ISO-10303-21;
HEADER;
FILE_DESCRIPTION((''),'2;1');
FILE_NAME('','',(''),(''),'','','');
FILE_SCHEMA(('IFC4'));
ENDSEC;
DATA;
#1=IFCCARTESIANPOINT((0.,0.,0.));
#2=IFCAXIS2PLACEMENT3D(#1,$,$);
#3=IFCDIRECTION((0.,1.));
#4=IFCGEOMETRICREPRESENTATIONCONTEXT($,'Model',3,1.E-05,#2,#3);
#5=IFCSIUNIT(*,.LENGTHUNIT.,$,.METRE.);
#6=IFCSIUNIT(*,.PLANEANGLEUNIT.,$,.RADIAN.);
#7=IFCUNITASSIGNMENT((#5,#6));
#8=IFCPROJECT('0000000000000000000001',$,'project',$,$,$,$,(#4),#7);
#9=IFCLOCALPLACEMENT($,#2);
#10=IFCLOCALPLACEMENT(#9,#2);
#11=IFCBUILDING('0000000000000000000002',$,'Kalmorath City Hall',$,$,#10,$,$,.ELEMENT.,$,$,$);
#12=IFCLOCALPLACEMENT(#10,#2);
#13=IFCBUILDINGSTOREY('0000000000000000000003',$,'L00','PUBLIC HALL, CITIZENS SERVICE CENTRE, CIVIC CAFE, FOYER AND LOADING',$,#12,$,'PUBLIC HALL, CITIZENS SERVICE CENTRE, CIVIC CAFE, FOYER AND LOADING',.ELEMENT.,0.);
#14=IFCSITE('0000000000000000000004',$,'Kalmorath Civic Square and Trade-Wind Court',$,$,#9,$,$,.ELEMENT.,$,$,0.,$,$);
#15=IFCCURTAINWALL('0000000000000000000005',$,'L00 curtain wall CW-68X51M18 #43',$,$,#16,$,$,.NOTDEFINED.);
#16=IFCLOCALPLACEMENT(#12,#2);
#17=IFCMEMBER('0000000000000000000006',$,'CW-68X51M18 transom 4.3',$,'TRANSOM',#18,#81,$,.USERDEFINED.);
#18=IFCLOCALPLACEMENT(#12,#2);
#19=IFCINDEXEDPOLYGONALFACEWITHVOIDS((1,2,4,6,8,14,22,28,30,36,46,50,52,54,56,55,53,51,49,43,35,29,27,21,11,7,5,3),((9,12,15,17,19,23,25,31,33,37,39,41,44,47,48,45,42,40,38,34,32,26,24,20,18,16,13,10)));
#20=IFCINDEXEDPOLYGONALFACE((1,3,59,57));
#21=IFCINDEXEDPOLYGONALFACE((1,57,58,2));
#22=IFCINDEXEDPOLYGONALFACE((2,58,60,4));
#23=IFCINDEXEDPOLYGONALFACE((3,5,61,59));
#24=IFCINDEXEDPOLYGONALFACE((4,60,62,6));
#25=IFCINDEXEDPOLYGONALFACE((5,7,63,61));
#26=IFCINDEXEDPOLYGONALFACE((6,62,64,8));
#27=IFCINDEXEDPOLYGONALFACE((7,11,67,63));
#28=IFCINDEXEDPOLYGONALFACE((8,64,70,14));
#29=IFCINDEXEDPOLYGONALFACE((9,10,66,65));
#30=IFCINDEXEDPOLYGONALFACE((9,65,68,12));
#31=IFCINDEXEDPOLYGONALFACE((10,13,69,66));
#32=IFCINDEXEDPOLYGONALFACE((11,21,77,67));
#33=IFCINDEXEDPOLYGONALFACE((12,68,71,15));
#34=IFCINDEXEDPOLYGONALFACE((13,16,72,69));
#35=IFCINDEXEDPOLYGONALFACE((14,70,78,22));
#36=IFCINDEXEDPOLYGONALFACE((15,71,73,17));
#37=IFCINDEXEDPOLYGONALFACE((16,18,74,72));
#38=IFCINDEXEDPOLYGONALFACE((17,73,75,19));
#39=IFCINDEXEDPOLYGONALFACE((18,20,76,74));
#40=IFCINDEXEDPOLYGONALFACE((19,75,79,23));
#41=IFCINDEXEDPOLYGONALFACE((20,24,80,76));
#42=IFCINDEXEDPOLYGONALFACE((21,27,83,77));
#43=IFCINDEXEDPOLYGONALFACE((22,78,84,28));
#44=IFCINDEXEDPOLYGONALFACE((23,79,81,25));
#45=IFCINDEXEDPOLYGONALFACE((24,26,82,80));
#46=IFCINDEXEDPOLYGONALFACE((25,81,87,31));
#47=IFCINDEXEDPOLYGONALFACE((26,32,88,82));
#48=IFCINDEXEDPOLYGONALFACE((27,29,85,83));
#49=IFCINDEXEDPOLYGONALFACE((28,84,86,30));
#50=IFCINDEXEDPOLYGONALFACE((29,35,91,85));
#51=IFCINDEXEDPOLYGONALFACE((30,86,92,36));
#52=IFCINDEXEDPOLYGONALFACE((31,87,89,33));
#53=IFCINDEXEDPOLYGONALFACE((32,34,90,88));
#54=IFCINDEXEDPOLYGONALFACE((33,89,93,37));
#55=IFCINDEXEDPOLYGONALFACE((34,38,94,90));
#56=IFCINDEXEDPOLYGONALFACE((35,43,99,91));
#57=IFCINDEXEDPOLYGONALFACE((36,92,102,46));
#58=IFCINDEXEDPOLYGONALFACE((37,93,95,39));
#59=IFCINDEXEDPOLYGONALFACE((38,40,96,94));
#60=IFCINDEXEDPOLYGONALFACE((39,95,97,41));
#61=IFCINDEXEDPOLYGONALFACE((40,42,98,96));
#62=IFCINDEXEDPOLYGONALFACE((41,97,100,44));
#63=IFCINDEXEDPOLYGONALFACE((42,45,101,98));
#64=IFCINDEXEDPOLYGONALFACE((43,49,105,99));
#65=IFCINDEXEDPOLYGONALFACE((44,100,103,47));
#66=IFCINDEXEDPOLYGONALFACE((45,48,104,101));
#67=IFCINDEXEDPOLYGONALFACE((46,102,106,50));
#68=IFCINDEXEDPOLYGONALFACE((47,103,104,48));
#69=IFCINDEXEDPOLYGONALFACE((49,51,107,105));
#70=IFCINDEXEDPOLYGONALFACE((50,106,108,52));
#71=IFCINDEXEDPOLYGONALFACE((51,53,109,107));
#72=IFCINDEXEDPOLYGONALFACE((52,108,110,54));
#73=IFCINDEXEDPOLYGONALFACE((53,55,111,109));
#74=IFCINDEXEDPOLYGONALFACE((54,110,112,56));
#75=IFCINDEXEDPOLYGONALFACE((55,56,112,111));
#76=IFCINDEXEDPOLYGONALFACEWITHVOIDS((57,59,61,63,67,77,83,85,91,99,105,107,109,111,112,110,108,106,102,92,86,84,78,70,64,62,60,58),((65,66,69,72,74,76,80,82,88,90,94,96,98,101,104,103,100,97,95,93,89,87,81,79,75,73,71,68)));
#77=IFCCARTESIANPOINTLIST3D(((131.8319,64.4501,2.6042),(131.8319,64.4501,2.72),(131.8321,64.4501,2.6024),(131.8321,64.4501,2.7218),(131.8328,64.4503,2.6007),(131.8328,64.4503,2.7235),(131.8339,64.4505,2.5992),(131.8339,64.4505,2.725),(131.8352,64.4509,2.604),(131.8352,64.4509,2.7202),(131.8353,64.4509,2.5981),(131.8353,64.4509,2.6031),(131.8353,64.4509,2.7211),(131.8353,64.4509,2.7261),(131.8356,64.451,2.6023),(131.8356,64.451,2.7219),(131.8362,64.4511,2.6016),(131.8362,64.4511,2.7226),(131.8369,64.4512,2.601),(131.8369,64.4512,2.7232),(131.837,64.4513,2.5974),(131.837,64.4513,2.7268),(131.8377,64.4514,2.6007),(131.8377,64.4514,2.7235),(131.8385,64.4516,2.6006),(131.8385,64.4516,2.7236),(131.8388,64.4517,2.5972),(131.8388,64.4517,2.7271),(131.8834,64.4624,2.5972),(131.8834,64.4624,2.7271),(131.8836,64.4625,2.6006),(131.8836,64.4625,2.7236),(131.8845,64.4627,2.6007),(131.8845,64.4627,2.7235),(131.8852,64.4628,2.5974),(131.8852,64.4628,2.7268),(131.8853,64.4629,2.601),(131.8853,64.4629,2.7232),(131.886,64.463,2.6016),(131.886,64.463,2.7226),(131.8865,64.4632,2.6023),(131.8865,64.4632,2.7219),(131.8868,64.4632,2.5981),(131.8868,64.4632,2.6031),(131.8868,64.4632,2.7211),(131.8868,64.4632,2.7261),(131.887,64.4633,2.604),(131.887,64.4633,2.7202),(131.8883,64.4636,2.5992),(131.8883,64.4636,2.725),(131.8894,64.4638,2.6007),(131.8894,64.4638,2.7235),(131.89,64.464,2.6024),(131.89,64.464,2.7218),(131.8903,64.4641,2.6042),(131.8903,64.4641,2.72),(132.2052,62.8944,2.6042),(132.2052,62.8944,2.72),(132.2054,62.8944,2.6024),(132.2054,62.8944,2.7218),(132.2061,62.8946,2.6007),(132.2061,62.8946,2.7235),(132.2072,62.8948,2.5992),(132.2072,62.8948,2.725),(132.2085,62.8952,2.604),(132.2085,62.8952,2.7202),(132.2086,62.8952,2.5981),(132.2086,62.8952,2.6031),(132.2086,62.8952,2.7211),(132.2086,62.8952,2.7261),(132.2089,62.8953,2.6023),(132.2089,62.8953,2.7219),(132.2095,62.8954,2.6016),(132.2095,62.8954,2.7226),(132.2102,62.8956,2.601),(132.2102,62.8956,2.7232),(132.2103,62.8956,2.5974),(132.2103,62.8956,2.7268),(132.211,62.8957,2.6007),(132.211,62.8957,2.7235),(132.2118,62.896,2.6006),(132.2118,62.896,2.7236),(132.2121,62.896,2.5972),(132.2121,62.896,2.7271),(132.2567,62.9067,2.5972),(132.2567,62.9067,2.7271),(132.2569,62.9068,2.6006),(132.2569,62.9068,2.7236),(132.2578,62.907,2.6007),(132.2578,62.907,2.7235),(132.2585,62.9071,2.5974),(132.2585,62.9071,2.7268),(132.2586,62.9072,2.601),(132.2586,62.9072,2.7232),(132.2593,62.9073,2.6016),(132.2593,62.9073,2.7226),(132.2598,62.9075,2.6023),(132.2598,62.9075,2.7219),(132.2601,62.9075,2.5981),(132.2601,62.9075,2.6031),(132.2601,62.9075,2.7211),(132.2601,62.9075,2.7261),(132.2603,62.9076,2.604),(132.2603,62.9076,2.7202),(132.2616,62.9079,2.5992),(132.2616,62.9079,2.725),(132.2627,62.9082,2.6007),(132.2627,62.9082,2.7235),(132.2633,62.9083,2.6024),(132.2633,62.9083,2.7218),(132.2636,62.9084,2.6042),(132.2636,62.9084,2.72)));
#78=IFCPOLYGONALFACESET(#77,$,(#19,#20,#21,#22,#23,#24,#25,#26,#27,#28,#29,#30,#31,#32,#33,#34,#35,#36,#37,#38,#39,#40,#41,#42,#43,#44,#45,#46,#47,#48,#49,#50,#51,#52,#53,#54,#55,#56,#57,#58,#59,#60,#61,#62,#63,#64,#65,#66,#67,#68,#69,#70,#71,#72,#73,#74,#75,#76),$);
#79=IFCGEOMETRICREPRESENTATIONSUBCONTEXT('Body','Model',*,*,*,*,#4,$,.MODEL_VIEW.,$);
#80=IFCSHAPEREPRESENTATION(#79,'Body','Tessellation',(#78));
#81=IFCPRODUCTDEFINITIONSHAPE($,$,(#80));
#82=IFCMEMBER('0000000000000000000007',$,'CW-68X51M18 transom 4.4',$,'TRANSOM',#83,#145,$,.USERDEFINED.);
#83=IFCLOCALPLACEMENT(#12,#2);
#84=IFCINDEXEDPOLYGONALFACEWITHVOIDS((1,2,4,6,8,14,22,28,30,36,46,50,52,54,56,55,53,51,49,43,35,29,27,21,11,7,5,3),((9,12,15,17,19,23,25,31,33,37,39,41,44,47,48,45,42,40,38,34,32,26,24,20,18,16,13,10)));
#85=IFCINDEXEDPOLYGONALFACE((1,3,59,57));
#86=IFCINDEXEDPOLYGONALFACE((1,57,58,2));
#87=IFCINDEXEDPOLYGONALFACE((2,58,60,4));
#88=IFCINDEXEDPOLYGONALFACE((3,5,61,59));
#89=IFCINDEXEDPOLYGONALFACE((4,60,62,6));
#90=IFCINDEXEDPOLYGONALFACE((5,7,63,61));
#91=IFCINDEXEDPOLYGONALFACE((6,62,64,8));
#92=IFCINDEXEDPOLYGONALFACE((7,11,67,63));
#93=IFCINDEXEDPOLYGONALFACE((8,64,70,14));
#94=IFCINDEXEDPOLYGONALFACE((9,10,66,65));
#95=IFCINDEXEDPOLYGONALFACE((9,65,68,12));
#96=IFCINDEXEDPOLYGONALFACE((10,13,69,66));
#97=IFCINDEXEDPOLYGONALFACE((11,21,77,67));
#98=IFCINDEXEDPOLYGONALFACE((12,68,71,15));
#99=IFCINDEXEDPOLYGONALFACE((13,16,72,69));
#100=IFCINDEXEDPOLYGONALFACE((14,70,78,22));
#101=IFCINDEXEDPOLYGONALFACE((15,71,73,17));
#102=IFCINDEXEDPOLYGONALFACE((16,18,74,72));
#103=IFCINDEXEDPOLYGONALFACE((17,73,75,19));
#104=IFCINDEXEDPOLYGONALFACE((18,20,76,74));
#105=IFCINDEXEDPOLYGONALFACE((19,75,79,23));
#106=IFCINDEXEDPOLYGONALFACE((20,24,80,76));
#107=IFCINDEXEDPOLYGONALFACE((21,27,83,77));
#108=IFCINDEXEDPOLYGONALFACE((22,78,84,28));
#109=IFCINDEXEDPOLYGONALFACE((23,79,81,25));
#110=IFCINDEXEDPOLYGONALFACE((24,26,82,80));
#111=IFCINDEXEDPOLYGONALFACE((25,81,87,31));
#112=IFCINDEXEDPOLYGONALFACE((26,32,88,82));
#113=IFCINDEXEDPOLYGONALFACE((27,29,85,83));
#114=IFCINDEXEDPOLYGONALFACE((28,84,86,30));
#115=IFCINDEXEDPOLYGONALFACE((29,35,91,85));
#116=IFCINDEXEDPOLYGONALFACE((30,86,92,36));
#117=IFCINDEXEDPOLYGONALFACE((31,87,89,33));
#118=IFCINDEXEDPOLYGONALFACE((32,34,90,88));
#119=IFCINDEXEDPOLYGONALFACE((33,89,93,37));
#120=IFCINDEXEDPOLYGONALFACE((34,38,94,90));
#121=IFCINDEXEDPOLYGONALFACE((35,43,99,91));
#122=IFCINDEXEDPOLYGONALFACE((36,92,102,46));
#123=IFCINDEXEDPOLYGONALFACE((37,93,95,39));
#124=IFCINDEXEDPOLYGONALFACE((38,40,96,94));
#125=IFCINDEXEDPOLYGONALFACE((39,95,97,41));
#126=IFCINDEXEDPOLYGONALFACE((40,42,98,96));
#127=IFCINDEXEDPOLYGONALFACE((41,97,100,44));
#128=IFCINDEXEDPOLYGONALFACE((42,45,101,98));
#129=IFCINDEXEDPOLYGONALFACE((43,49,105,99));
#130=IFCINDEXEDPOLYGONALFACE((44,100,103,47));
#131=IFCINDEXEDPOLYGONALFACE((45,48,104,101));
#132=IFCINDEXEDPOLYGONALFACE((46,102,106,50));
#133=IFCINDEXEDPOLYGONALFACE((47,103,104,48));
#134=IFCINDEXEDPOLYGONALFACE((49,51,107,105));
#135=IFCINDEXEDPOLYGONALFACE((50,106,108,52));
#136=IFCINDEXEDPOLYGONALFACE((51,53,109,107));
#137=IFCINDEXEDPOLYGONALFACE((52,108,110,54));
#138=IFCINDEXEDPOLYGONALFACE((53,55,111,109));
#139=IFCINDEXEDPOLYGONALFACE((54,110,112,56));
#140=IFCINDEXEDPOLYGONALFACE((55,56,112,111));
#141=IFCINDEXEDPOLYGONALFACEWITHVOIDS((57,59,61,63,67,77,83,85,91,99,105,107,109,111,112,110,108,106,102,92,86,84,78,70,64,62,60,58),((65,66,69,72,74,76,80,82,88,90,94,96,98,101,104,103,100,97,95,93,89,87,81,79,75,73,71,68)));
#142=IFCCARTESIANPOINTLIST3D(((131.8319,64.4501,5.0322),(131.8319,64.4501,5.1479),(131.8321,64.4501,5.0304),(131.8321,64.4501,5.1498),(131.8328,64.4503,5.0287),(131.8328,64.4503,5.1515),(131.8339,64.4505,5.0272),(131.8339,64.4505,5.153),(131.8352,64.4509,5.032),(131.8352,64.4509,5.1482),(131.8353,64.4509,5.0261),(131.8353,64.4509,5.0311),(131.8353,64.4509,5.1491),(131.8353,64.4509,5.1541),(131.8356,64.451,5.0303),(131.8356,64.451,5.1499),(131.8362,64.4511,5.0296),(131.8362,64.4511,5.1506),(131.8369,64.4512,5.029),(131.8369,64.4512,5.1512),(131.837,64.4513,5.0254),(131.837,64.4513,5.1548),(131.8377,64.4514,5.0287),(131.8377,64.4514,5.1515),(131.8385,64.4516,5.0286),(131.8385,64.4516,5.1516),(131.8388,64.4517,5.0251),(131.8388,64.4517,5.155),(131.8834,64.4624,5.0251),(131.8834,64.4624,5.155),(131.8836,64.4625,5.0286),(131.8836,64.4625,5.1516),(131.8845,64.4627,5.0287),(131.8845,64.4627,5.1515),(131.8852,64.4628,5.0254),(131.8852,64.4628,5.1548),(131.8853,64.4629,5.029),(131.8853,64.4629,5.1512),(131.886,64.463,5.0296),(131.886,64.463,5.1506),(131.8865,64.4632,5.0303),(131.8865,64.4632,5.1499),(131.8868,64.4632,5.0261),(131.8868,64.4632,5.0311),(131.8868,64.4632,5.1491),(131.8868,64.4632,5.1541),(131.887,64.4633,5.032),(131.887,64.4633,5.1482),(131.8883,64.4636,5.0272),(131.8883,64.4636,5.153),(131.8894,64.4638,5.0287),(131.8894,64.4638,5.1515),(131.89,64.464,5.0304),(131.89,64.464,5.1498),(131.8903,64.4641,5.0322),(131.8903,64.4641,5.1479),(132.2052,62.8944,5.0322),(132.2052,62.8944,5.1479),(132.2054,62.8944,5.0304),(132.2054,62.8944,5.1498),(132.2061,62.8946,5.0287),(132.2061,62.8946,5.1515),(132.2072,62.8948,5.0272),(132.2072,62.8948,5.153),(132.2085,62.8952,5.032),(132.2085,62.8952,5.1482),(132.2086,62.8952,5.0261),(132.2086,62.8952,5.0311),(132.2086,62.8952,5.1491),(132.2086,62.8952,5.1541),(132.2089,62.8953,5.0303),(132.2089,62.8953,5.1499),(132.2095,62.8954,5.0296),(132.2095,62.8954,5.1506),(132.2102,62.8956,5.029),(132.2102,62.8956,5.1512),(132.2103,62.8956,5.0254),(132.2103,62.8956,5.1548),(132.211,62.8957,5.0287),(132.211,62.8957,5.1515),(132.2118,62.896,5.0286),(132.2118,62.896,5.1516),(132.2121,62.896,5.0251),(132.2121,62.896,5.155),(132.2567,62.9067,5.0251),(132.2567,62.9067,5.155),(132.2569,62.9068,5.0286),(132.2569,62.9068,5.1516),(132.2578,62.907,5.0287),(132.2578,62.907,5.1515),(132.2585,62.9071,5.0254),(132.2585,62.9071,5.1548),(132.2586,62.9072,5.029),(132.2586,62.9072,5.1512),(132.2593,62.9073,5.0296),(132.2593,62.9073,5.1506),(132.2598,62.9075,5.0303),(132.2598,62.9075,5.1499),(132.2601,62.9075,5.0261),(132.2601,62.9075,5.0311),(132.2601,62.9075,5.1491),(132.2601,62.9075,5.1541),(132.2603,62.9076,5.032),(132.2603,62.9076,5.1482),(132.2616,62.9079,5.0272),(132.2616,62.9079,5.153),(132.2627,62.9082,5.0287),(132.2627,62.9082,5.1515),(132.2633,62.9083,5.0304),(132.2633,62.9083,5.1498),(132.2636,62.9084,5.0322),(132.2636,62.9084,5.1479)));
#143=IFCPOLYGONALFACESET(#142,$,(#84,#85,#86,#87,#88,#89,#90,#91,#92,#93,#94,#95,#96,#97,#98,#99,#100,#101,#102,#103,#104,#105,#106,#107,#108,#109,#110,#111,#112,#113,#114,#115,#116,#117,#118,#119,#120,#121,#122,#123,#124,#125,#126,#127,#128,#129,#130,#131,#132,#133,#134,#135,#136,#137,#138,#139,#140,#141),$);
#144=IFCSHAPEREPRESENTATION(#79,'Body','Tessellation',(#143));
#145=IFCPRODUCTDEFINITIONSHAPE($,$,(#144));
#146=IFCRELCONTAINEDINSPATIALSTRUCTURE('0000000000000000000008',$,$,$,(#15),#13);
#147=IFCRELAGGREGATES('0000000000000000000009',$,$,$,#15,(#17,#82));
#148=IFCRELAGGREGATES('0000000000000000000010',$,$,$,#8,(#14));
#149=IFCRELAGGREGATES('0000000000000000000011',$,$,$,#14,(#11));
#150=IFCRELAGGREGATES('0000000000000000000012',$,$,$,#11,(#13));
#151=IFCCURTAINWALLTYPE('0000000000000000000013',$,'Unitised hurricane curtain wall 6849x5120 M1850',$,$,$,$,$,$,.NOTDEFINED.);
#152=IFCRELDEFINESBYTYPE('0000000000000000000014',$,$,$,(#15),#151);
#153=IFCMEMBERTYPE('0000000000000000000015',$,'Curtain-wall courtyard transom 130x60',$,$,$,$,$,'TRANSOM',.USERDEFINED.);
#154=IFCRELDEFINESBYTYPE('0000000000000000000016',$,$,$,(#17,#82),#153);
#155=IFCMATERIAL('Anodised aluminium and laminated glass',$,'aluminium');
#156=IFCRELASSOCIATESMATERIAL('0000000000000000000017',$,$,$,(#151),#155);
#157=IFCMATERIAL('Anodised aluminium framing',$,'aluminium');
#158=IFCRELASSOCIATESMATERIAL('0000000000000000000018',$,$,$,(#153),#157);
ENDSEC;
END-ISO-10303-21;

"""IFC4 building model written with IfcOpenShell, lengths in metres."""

from ifc_helpers import new_model, si_unit, direction, frame, origin, origin_2d, place, context, subcontext, project, spatial, hollow_rectangle, extrude, material, material_profile, profile_set, type_object, element, aggregate, save


model = new_model("IFC4")

# Units and contexts
model_context = context("Model", 3, precision=1e-05, world=origin(), true_north=direction((0.0, 1.0)))
body_context = subcontext(model_context, "Body", "Model", "MODEL_VIEW")
ifc_project = project(units=[si_unit("LENGTHUNIT", "METRE"), si_unit("PLANEANGLEUNIT", "RADIAN")], contexts=[model_context])

# Site, building, storey
site_placement = place(None, origin())
site = spatial("IfcSite", under=ifc_project, at=site_placement, Name="Kalmorath Civic Square and Trade-Wind Court", CompositionType="ELEMENT", RefElevation=0.0)
building_placement = place(site_placement, origin())
building = spatial("IfcBuilding", under=site, at=building_placement, Name="Kalmorath City Hall", CompositionType="ELEMENT")
storey_placement = place(building_placement, origin())
storey = spatial("IfcBuildingStorey", under=building, at=storey_placement, Name="L00", Description="PUBLIC HALL, CITIZENS SERVICE CENTRE, CIVIC CAFE, FOYER AND LOADING", LongName="PUBLIC HALL, CITIZENS SERVICE CENTRE, CIVIC CAFE, FOYER AND LOADING", CompositionType="ELEMENT", Elevation=0.0)

# Curtain wall, members
ifc_material_1 = material(Name="Anodised aluminium and laminated glass", Category="aluminium")
curtain_wall_type = type_object("IfcCurtainWallType", Name="Unitised hurricane curtain wall 6849x5120 M1850", PredefinedType="NOTDEFINED", material=ifc_material_1)
curtain_wall_placement = place(storey_placement, origin())
curtain_wall = element("IfcCurtainWall", 1, at=curtain_wall_placement, inside=storey, type_object=curtain_wall_type, Name="L00 curtain wall CW-68X51M18 #43", PredefinedType="NOTDEFINED")
ifc_material_2 = material(Name="Anodised aluminium framing", Category="aluminium")
ifc_material_profile_1 = material_profile(ifc_material_2, hollow_rectangle(XDim=0.0601, YDim=0.1299, WallThickness=0.0034, InnerFilletRadius=0.0034, OuterFilletRadius=0.0071, at=origin_2d()), Name="ALU-TRN-130X60X3.5")
ifc_profile_set_1 = profile_set([ifc_material_profile_1], Name="Anodised aluminium framing")
member_type_1 = type_object("IfcMemberType", Name="Curtain-wall courtyard transom 130x60", ElementType="TRANSOM", PredefinedType="USERDEFINED", material=ifc_profile_set_1)
member_1_placement = place(storey_placement, frame((132.2344, 62.9014, 2.6621), z_axis=(-0.233333, 0.972397, 0.0), x_axis=(-0.972397, -0.233333, 0.0)))
member_1 = element("IfcMember", 2, at=member_1_placement, type_object=member_type_1, Name="CW-68X51M18 transom 4.3", ObjectType="TRANSOM", PredefinedType="USERDEFINED", context=body_context, shape_type="SweptSolid", body=[
    extrude(hollow_rectangle(XDim=0.0601, YDim=0.1299, WallThickness=0.0034, InnerFilletRadius=0.0034, OuterFilletRadius=0.0071, at=origin_2d()), origin(), (0.0, 0.0, 1.0), 1.5999),
])
member_2_placement = place(storey_placement, frame((132.2344, 62.9014, 5.0901), z_axis=(-0.233333, 0.972397, 0.0), x_axis=(-0.972397, -0.233333, 0.0)))
member_2 = element("IfcMember", 3, at=member_2_placement, type_object=member_type_1, Name="CW-68X51M18 transom 4.4", ObjectType="TRANSOM", PredefinedType="USERDEFINED", context=body_context, shape_type="SweptSolid", body=[
    extrude(hollow_rectangle(XDim=0.0601, YDim=0.1299, WallThickness=0.0034, InnerFilletRadius=0.0034, OuterFilletRadius=0.0071, at=origin_2d()), origin(), (0.0, 0.0, 1.0), 1.5999),
])
aggregate(curtain_wall, [member_1, member_2])

save(model, "model.ifc")
